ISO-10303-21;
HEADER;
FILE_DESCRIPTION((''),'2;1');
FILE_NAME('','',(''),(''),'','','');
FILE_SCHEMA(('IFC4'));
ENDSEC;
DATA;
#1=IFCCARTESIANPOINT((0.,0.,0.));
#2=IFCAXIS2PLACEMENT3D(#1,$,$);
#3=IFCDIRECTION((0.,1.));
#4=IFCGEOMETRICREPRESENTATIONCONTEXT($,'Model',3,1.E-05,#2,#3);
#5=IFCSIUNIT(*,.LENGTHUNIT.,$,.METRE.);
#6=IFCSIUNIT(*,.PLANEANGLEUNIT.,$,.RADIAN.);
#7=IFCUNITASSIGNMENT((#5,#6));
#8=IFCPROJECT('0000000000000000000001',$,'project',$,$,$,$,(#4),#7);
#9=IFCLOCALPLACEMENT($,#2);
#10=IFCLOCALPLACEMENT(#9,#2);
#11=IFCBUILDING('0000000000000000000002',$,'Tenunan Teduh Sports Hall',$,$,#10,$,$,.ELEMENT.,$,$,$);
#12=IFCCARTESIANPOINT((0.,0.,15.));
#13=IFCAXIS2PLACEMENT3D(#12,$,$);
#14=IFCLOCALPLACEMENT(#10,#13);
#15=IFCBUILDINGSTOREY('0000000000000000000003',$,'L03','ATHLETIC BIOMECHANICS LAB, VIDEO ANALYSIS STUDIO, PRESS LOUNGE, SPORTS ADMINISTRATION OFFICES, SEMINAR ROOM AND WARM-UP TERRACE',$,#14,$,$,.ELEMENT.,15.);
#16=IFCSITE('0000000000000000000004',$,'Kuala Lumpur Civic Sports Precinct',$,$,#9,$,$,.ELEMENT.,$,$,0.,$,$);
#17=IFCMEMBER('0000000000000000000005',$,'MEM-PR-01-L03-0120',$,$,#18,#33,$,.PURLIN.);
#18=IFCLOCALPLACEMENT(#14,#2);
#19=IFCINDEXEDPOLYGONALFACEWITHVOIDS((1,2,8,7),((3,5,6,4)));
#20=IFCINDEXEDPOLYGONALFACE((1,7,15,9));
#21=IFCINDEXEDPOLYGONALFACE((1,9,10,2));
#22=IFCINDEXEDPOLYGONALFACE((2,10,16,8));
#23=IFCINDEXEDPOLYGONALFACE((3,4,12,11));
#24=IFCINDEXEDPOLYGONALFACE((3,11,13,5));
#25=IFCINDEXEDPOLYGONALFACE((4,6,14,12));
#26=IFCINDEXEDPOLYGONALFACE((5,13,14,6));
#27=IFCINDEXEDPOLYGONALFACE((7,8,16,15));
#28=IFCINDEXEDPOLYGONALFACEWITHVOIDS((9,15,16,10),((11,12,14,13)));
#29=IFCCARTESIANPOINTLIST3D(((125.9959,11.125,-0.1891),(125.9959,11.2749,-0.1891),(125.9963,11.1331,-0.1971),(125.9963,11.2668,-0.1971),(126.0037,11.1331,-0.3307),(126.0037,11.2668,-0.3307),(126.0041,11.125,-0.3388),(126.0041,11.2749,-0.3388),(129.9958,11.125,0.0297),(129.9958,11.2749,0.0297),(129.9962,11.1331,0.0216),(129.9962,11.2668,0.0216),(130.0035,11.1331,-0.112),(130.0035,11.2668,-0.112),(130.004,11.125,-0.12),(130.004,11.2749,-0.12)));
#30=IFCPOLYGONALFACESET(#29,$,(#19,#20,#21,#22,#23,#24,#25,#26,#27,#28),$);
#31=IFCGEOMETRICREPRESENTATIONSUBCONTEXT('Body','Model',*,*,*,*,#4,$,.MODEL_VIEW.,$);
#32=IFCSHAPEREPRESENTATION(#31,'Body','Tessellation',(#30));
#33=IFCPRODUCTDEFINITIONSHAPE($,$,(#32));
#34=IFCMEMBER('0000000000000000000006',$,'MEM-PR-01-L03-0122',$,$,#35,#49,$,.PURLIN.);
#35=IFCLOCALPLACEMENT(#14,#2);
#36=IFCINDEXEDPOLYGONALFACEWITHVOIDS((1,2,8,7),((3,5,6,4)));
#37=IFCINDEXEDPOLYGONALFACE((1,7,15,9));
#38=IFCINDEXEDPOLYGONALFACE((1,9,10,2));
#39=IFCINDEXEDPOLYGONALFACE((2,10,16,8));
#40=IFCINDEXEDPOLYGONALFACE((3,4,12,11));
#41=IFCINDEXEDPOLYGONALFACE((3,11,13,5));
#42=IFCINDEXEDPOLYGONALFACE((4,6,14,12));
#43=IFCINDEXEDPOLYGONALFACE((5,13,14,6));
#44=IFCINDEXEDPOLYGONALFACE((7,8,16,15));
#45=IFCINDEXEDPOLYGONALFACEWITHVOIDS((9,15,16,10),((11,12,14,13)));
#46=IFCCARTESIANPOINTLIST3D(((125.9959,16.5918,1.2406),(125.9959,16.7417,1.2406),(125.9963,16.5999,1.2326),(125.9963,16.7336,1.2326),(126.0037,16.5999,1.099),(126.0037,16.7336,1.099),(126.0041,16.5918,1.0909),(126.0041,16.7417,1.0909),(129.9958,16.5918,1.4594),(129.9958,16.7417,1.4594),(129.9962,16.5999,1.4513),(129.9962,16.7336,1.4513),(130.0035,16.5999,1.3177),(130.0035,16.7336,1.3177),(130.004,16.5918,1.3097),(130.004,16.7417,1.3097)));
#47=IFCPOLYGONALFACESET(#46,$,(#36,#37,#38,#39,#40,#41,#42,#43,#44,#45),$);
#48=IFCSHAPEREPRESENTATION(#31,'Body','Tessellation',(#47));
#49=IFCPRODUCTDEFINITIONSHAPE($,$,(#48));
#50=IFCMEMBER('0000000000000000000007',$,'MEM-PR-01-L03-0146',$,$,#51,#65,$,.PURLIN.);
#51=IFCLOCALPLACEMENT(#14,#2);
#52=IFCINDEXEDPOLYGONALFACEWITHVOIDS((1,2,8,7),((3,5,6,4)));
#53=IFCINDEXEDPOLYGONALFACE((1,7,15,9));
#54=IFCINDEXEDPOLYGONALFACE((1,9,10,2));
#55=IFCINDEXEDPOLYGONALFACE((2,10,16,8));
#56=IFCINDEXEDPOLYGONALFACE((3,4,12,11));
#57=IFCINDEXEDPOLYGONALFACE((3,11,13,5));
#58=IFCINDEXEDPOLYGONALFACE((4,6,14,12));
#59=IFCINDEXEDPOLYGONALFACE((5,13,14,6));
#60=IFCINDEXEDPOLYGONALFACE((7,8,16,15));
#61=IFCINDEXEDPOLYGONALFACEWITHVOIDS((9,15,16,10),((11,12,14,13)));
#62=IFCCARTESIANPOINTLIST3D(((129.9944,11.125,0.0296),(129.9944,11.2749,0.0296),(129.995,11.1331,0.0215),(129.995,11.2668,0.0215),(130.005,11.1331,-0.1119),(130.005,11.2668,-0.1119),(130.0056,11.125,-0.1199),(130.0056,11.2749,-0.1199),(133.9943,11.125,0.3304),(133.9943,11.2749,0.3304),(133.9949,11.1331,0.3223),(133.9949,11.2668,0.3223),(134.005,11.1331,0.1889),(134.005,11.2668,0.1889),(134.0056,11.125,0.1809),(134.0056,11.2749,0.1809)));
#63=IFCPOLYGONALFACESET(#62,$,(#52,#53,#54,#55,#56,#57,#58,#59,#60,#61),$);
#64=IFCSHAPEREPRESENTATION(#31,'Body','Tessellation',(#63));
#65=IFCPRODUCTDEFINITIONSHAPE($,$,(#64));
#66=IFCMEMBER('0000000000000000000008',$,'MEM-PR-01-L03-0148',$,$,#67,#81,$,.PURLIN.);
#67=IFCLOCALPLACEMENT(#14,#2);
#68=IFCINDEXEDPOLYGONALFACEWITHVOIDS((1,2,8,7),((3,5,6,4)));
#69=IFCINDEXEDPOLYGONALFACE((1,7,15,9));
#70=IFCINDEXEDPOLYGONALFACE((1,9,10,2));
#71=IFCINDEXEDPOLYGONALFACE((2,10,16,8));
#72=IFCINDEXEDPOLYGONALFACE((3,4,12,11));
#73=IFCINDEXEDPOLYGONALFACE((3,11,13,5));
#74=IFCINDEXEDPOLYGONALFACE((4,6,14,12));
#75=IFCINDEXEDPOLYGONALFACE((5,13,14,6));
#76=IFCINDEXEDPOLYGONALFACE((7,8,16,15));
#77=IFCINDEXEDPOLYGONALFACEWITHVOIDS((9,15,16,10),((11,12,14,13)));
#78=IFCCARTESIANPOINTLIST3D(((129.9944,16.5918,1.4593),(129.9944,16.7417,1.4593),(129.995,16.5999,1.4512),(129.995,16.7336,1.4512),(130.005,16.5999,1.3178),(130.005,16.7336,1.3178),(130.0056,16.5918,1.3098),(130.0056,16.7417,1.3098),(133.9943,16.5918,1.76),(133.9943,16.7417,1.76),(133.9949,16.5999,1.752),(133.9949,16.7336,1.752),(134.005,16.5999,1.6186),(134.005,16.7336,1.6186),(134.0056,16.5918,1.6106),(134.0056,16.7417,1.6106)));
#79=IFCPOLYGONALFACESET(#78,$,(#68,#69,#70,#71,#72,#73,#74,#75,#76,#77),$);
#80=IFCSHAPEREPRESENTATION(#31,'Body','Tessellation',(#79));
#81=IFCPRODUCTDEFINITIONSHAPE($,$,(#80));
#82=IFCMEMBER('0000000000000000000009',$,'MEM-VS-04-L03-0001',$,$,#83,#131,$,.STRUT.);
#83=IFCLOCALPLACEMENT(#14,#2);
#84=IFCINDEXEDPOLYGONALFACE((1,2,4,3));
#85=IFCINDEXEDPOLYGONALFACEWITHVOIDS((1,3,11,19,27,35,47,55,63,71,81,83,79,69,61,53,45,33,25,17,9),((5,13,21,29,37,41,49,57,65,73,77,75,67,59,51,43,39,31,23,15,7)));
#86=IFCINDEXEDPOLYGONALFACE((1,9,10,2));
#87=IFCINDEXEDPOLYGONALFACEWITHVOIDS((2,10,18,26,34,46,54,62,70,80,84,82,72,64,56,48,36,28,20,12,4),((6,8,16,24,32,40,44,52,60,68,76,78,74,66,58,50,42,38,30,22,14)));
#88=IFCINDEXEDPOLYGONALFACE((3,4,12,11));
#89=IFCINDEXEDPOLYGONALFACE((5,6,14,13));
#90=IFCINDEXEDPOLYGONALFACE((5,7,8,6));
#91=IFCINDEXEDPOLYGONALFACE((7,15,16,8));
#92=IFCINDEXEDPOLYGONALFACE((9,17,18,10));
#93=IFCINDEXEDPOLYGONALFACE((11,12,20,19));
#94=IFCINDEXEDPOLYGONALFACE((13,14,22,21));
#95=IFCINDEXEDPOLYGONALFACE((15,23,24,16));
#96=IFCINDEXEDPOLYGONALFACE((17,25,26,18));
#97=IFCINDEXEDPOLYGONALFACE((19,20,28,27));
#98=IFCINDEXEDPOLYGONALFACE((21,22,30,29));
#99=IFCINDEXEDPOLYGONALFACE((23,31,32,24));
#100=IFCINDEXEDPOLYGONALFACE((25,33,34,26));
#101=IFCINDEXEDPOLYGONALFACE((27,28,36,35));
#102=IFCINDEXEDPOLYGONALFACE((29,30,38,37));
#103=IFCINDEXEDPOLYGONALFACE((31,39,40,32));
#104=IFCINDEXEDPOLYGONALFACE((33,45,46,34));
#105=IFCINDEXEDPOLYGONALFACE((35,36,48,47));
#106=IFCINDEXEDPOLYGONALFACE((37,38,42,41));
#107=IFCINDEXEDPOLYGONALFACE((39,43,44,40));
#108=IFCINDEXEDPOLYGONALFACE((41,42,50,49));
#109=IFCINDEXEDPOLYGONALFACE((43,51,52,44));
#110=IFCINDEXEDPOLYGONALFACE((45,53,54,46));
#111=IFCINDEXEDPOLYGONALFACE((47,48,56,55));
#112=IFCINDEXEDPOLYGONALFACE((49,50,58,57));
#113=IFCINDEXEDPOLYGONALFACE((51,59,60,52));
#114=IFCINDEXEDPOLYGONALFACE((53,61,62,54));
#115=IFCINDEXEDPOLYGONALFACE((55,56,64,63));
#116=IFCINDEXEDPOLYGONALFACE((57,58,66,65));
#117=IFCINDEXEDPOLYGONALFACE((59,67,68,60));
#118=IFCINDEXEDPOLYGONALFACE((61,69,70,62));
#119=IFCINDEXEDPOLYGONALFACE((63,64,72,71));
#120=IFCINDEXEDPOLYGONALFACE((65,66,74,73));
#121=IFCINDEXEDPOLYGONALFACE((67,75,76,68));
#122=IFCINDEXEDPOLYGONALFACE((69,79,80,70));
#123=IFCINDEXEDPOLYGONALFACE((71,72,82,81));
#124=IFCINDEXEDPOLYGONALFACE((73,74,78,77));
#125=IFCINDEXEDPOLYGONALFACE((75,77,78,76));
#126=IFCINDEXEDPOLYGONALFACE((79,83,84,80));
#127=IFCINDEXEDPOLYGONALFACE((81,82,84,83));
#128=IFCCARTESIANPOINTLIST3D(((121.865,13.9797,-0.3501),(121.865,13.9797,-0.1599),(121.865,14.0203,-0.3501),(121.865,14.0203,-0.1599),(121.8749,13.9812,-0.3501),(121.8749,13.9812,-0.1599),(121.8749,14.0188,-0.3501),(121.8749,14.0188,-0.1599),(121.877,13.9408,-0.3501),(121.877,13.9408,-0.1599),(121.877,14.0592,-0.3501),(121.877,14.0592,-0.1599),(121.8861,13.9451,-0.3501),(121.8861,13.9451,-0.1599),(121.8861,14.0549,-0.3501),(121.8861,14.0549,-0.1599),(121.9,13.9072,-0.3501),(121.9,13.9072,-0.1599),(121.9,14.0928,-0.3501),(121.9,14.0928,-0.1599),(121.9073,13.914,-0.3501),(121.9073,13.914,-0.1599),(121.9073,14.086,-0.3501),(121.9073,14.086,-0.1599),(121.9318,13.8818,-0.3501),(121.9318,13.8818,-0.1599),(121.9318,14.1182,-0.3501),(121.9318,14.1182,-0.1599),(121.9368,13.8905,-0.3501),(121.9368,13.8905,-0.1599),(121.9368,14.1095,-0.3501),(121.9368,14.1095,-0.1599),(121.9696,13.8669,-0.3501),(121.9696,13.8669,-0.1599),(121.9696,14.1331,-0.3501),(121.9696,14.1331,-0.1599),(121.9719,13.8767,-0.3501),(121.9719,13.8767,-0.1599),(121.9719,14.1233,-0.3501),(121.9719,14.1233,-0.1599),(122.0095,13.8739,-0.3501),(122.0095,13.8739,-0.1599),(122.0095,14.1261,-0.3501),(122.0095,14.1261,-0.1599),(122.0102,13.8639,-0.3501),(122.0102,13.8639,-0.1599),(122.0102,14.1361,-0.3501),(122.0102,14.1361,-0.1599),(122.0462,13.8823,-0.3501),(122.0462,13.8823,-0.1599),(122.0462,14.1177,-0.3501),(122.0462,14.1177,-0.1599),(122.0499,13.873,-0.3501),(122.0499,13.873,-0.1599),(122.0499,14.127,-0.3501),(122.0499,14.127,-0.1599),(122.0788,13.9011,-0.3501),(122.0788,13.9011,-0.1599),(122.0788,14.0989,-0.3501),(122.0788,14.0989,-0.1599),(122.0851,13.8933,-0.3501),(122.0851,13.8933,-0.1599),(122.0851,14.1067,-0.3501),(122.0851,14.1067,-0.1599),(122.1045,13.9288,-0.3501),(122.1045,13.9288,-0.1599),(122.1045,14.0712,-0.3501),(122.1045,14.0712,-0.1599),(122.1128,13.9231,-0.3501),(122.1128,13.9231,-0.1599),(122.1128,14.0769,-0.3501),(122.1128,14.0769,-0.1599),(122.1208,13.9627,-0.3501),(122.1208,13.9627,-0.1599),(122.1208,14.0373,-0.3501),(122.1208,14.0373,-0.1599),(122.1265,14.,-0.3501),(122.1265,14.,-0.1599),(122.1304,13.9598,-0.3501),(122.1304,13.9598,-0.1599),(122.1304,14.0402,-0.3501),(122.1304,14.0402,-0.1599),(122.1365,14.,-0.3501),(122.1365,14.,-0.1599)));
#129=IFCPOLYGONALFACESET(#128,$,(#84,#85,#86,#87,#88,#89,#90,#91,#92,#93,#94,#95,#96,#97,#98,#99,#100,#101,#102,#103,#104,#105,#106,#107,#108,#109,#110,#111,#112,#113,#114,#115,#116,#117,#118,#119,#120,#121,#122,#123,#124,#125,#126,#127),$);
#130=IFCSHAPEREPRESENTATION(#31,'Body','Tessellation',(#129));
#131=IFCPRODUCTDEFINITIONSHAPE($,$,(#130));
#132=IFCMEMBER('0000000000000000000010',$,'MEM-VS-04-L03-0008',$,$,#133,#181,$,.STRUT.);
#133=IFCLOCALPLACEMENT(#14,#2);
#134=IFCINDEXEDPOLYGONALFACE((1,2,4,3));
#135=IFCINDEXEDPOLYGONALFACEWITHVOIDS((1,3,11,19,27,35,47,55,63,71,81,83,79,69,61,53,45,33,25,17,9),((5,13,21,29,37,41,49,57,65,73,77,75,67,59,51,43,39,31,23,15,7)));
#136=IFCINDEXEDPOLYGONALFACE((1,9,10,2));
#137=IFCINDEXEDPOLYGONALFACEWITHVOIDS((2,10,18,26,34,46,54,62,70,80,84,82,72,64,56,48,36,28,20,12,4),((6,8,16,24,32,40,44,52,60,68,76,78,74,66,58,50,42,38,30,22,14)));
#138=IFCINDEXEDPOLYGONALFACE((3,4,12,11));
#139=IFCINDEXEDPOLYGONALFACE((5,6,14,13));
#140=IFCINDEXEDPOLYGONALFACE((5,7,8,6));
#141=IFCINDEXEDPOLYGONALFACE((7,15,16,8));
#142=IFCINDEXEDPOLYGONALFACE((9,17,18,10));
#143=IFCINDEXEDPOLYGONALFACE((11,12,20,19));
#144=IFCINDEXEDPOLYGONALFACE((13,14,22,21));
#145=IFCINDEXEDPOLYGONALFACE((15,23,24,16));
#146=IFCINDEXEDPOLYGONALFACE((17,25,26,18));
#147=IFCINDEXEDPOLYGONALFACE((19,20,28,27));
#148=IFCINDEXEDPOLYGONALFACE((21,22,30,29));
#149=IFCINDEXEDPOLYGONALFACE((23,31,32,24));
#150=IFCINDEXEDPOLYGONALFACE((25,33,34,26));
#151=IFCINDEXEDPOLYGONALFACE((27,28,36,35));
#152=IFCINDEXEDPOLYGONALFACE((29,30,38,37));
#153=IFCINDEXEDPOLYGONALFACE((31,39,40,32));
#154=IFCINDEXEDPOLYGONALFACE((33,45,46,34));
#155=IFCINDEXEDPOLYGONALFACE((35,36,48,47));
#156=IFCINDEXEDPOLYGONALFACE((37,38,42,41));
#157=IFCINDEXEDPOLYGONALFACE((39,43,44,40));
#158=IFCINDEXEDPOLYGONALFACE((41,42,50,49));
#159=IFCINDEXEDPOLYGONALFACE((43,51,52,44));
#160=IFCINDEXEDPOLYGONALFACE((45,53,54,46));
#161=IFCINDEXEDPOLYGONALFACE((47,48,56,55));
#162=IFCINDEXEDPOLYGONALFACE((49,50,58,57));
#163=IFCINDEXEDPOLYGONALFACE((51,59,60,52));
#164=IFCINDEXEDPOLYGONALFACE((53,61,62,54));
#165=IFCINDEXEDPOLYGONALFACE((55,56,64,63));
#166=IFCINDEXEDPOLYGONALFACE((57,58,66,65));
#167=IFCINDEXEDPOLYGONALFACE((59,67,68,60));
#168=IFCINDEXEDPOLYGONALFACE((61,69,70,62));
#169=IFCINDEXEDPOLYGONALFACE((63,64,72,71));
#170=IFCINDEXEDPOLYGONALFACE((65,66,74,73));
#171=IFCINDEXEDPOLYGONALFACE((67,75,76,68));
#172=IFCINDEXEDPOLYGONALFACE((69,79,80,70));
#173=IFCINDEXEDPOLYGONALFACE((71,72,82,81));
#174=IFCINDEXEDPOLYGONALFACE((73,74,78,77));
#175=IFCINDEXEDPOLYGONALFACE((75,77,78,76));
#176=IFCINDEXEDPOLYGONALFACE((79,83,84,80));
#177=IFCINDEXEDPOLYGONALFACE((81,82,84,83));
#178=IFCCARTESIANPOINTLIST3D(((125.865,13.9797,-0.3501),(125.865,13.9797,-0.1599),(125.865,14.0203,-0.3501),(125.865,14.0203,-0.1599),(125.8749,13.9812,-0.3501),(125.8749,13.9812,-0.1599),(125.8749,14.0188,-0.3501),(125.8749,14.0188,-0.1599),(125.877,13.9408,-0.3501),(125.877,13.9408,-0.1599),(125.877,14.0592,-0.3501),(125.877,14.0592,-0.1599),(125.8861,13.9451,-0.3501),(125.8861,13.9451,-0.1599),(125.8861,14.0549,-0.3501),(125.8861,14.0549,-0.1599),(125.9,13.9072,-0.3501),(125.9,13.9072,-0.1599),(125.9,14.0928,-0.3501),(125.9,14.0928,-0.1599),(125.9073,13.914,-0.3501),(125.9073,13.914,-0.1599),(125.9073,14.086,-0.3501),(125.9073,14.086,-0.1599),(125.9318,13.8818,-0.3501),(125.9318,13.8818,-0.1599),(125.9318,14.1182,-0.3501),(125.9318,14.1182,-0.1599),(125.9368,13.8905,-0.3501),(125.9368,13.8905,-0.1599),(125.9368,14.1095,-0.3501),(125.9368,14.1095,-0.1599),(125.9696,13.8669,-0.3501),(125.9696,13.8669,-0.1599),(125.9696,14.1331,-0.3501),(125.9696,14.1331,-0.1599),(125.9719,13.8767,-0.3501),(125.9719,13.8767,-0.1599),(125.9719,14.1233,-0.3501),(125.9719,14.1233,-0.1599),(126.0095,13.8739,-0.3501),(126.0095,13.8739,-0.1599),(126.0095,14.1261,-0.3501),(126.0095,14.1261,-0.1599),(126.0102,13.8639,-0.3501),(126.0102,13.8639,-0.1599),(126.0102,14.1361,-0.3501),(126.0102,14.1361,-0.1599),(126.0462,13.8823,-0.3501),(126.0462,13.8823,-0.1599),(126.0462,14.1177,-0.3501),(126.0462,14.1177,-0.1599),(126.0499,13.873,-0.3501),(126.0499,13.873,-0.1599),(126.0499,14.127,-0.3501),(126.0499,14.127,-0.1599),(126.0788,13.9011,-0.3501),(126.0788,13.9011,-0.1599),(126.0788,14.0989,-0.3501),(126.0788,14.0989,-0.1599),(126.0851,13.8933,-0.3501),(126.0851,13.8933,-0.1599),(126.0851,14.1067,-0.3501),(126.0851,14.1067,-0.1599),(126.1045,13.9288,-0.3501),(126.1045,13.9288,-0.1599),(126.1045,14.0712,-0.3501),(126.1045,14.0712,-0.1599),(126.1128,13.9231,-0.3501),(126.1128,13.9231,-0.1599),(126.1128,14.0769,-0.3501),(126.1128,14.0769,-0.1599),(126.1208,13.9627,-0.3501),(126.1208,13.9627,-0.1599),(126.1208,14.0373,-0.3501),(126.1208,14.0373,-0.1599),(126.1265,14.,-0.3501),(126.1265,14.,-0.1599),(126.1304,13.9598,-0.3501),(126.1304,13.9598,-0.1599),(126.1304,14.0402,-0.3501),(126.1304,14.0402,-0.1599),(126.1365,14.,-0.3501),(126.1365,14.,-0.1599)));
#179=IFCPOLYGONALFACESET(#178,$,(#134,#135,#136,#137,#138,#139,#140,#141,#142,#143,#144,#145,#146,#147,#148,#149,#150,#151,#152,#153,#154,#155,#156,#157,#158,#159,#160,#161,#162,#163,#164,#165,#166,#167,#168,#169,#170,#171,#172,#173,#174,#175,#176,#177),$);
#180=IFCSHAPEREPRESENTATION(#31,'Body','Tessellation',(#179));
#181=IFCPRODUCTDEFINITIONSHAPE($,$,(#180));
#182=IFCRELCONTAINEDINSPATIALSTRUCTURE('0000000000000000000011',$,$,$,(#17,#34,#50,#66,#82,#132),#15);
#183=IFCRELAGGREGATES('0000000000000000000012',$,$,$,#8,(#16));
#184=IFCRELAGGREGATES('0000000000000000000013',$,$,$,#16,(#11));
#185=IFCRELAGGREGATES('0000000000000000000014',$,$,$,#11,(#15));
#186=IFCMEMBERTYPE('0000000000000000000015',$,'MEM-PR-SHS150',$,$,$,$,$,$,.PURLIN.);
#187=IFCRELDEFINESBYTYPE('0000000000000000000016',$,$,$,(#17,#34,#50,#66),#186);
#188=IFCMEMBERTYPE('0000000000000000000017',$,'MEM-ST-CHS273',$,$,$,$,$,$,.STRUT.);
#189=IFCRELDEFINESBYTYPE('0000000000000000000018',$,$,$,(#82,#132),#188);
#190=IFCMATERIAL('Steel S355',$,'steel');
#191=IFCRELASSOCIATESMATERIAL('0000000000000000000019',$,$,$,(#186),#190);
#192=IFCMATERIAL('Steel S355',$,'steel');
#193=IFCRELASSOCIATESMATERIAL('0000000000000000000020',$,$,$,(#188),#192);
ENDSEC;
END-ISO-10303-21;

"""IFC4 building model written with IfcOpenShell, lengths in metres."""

from ifc_helpers import new_model, si_unit, direction, frame, origin, origin_2d, place, context, subcontext, project, spatial, hollow_rectangle, hollow_circle, extrude, material, material_profile, profile_set, type_object, element, save


model = new_model("IFC4")

# Units and contexts
model_context = context("Model", 3, precision=1e-05, world=origin(), true_north=direction((0.0, 1.0)))
body_context = subcontext(model_context, "Body", "Model", "MODEL_VIEW")
ifc_project = project(units=[si_unit("LENGTHUNIT", "METRE"), si_unit("PLANEANGLEUNIT", "RADIAN")], contexts=[model_context])

# Site, building, storey
site_placement = place(None, origin())
site = spatial("IfcSite", under=ifc_project, at=site_placement, Name="Kuala Lumpur Civic Sports Precinct", CompositionType="ELEMENT", RefElevation=0.0)
building_placement = place(site_placement, origin())
building = spatial("IfcBuilding", under=site, at=building_placement, Name="Tenunan Teduh Sports Hall", CompositionType="ELEMENT")
storey_placement = place(building_placement, frame((0.0, 0.0, 15.0)))
storey = spatial("IfcBuildingStorey", under=building, at=storey_placement, Name="L03", Description="ATHLETIC BIOMECHANICS LAB, VIDEO ANALYSIS STUDIO, PRESS LOUNGE, SPORTS ADMINISTRATION OFFICES, SEMINAR ROOM AND WARM-UP TERRACE", CompositionType="ELEMENT", Elevation=15.0)

# Members
ifc_material_1 = material(Name="Steel S355", Category="steel")
ifc_material_profile_1 = material_profile(ifc_material_1, hollow_rectangle(XDim=0.1499, YDim=0.1499, WallThickness=0.0081, at=origin_2d()), Name="SHS 150x150x8.0")
ifc_profile_set_1 = profile_set([ifc_material_profile_1], Name="Steel S355")
member_type_1 = type_object("IfcMemberType", Name="MEM-PR-SHS150", PredefinedType="PURLIN", material=ifc_profile_set_1)
for number, where, z_axis, x_axis, name in (
    (1, (126.0, 11.2, -0.2639), (0.998508, 0.0, 0.054606), (0.0, 1.0, 0.0), "MEM-PR-01-L03-0120"),
    (2, (126.0, 16.6667, 1.1658), (0.998508, 0.0, 0.054606), (0.0, 1.0, 0.0), "MEM-PR-01-L03-0122"),
):
    element("IfcMember", number, at=place(storey_placement, frame(where, z_axis=z_axis, x_axis=x_axis)), inside=storey, type_object=member_type_1, Name=name, PredefinedType="PURLIN", context=body_context, shape_type="SweptSolid", body=[
        extrude(hollow_rectangle(XDim=0.1499, YDim=0.1499, WallThickness=0.0081, at=origin_2d()), origin(), (0.0, 0.0, 1.0), 4.0059),
    ])
for number, where, z_axis, x_axis, name in (
    (3, (130.0, 11.2, -0.0452), (0.997185, 0.0, 0.074984), (0.0, 1.0, 0.0), "MEM-PR-01-L03-0146"),
    (4, (130.0, 16.6667, 1.3845), (0.997185, 0.0, 0.074984), (0.0, 1.0, 0.0), "MEM-PR-01-L03-0148"),
):
    element("IfcMember", number, at=place(storey_placement, frame(where, z_axis=z_axis, x_axis=x_axis)), inside=storey, type_object=member_type_1, Name=name, PredefinedType="PURLIN", context=body_context, shape_type="SweptSolid", body=[
        extrude(hollow_rectangle(XDim=0.1499, YDim=0.1499, WallThickness=0.0081, at=origin_2d()), origin(), (0.0, 0.0, 1.0), 4.0112),
    ])
ifc_material_2 = material(Name="Steel S355", Category="steel")
ifc_material_profile_2 = material_profile(ifc_material_2, hollow_circle(Radius=0.1365, WallThickness=0.01, at=origin_2d()), Name="CHS 273.0x10.0")
ifc_profile_set_2 = profile_set([ifc_material_profile_2], Name="Steel S355")
member_type_2 = type_object("IfcMemberType", Name="MEM-ST-CHS273", PredefinedType="STRUT", material=ifc_profile_set_2)
for number, where, z_axis, x_axis, name in (
    (5, (122.0, 14.0, -0.3501), (0.0, 0.0, 1.0), (1.0, 0.0, 0.0), "MEM-VS-04-L03-0001"),
    (6, (126.0, 14.0, -0.3501), (0.0, 0.0, 1.0), (1.0, 0.0, 0.0), "MEM-VS-04-L03-0008"),
):
    element("IfcMember", number, at=place(storey_placement, frame(where, z_axis=z_axis, x_axis=x_axis)), inside=storey, type_object=member_type_2, Name=name, PredefinedType="STRUT", context=body_context, shape_type="SweptSolid", body=[
        extrude(hollow_circle(Radius=0.1365, WallThickness=0.01, at=origin_2d()), origin(), (0.0, 0.0, 1.0), 0.1902),
    ])

save(model, "model.ifc")
